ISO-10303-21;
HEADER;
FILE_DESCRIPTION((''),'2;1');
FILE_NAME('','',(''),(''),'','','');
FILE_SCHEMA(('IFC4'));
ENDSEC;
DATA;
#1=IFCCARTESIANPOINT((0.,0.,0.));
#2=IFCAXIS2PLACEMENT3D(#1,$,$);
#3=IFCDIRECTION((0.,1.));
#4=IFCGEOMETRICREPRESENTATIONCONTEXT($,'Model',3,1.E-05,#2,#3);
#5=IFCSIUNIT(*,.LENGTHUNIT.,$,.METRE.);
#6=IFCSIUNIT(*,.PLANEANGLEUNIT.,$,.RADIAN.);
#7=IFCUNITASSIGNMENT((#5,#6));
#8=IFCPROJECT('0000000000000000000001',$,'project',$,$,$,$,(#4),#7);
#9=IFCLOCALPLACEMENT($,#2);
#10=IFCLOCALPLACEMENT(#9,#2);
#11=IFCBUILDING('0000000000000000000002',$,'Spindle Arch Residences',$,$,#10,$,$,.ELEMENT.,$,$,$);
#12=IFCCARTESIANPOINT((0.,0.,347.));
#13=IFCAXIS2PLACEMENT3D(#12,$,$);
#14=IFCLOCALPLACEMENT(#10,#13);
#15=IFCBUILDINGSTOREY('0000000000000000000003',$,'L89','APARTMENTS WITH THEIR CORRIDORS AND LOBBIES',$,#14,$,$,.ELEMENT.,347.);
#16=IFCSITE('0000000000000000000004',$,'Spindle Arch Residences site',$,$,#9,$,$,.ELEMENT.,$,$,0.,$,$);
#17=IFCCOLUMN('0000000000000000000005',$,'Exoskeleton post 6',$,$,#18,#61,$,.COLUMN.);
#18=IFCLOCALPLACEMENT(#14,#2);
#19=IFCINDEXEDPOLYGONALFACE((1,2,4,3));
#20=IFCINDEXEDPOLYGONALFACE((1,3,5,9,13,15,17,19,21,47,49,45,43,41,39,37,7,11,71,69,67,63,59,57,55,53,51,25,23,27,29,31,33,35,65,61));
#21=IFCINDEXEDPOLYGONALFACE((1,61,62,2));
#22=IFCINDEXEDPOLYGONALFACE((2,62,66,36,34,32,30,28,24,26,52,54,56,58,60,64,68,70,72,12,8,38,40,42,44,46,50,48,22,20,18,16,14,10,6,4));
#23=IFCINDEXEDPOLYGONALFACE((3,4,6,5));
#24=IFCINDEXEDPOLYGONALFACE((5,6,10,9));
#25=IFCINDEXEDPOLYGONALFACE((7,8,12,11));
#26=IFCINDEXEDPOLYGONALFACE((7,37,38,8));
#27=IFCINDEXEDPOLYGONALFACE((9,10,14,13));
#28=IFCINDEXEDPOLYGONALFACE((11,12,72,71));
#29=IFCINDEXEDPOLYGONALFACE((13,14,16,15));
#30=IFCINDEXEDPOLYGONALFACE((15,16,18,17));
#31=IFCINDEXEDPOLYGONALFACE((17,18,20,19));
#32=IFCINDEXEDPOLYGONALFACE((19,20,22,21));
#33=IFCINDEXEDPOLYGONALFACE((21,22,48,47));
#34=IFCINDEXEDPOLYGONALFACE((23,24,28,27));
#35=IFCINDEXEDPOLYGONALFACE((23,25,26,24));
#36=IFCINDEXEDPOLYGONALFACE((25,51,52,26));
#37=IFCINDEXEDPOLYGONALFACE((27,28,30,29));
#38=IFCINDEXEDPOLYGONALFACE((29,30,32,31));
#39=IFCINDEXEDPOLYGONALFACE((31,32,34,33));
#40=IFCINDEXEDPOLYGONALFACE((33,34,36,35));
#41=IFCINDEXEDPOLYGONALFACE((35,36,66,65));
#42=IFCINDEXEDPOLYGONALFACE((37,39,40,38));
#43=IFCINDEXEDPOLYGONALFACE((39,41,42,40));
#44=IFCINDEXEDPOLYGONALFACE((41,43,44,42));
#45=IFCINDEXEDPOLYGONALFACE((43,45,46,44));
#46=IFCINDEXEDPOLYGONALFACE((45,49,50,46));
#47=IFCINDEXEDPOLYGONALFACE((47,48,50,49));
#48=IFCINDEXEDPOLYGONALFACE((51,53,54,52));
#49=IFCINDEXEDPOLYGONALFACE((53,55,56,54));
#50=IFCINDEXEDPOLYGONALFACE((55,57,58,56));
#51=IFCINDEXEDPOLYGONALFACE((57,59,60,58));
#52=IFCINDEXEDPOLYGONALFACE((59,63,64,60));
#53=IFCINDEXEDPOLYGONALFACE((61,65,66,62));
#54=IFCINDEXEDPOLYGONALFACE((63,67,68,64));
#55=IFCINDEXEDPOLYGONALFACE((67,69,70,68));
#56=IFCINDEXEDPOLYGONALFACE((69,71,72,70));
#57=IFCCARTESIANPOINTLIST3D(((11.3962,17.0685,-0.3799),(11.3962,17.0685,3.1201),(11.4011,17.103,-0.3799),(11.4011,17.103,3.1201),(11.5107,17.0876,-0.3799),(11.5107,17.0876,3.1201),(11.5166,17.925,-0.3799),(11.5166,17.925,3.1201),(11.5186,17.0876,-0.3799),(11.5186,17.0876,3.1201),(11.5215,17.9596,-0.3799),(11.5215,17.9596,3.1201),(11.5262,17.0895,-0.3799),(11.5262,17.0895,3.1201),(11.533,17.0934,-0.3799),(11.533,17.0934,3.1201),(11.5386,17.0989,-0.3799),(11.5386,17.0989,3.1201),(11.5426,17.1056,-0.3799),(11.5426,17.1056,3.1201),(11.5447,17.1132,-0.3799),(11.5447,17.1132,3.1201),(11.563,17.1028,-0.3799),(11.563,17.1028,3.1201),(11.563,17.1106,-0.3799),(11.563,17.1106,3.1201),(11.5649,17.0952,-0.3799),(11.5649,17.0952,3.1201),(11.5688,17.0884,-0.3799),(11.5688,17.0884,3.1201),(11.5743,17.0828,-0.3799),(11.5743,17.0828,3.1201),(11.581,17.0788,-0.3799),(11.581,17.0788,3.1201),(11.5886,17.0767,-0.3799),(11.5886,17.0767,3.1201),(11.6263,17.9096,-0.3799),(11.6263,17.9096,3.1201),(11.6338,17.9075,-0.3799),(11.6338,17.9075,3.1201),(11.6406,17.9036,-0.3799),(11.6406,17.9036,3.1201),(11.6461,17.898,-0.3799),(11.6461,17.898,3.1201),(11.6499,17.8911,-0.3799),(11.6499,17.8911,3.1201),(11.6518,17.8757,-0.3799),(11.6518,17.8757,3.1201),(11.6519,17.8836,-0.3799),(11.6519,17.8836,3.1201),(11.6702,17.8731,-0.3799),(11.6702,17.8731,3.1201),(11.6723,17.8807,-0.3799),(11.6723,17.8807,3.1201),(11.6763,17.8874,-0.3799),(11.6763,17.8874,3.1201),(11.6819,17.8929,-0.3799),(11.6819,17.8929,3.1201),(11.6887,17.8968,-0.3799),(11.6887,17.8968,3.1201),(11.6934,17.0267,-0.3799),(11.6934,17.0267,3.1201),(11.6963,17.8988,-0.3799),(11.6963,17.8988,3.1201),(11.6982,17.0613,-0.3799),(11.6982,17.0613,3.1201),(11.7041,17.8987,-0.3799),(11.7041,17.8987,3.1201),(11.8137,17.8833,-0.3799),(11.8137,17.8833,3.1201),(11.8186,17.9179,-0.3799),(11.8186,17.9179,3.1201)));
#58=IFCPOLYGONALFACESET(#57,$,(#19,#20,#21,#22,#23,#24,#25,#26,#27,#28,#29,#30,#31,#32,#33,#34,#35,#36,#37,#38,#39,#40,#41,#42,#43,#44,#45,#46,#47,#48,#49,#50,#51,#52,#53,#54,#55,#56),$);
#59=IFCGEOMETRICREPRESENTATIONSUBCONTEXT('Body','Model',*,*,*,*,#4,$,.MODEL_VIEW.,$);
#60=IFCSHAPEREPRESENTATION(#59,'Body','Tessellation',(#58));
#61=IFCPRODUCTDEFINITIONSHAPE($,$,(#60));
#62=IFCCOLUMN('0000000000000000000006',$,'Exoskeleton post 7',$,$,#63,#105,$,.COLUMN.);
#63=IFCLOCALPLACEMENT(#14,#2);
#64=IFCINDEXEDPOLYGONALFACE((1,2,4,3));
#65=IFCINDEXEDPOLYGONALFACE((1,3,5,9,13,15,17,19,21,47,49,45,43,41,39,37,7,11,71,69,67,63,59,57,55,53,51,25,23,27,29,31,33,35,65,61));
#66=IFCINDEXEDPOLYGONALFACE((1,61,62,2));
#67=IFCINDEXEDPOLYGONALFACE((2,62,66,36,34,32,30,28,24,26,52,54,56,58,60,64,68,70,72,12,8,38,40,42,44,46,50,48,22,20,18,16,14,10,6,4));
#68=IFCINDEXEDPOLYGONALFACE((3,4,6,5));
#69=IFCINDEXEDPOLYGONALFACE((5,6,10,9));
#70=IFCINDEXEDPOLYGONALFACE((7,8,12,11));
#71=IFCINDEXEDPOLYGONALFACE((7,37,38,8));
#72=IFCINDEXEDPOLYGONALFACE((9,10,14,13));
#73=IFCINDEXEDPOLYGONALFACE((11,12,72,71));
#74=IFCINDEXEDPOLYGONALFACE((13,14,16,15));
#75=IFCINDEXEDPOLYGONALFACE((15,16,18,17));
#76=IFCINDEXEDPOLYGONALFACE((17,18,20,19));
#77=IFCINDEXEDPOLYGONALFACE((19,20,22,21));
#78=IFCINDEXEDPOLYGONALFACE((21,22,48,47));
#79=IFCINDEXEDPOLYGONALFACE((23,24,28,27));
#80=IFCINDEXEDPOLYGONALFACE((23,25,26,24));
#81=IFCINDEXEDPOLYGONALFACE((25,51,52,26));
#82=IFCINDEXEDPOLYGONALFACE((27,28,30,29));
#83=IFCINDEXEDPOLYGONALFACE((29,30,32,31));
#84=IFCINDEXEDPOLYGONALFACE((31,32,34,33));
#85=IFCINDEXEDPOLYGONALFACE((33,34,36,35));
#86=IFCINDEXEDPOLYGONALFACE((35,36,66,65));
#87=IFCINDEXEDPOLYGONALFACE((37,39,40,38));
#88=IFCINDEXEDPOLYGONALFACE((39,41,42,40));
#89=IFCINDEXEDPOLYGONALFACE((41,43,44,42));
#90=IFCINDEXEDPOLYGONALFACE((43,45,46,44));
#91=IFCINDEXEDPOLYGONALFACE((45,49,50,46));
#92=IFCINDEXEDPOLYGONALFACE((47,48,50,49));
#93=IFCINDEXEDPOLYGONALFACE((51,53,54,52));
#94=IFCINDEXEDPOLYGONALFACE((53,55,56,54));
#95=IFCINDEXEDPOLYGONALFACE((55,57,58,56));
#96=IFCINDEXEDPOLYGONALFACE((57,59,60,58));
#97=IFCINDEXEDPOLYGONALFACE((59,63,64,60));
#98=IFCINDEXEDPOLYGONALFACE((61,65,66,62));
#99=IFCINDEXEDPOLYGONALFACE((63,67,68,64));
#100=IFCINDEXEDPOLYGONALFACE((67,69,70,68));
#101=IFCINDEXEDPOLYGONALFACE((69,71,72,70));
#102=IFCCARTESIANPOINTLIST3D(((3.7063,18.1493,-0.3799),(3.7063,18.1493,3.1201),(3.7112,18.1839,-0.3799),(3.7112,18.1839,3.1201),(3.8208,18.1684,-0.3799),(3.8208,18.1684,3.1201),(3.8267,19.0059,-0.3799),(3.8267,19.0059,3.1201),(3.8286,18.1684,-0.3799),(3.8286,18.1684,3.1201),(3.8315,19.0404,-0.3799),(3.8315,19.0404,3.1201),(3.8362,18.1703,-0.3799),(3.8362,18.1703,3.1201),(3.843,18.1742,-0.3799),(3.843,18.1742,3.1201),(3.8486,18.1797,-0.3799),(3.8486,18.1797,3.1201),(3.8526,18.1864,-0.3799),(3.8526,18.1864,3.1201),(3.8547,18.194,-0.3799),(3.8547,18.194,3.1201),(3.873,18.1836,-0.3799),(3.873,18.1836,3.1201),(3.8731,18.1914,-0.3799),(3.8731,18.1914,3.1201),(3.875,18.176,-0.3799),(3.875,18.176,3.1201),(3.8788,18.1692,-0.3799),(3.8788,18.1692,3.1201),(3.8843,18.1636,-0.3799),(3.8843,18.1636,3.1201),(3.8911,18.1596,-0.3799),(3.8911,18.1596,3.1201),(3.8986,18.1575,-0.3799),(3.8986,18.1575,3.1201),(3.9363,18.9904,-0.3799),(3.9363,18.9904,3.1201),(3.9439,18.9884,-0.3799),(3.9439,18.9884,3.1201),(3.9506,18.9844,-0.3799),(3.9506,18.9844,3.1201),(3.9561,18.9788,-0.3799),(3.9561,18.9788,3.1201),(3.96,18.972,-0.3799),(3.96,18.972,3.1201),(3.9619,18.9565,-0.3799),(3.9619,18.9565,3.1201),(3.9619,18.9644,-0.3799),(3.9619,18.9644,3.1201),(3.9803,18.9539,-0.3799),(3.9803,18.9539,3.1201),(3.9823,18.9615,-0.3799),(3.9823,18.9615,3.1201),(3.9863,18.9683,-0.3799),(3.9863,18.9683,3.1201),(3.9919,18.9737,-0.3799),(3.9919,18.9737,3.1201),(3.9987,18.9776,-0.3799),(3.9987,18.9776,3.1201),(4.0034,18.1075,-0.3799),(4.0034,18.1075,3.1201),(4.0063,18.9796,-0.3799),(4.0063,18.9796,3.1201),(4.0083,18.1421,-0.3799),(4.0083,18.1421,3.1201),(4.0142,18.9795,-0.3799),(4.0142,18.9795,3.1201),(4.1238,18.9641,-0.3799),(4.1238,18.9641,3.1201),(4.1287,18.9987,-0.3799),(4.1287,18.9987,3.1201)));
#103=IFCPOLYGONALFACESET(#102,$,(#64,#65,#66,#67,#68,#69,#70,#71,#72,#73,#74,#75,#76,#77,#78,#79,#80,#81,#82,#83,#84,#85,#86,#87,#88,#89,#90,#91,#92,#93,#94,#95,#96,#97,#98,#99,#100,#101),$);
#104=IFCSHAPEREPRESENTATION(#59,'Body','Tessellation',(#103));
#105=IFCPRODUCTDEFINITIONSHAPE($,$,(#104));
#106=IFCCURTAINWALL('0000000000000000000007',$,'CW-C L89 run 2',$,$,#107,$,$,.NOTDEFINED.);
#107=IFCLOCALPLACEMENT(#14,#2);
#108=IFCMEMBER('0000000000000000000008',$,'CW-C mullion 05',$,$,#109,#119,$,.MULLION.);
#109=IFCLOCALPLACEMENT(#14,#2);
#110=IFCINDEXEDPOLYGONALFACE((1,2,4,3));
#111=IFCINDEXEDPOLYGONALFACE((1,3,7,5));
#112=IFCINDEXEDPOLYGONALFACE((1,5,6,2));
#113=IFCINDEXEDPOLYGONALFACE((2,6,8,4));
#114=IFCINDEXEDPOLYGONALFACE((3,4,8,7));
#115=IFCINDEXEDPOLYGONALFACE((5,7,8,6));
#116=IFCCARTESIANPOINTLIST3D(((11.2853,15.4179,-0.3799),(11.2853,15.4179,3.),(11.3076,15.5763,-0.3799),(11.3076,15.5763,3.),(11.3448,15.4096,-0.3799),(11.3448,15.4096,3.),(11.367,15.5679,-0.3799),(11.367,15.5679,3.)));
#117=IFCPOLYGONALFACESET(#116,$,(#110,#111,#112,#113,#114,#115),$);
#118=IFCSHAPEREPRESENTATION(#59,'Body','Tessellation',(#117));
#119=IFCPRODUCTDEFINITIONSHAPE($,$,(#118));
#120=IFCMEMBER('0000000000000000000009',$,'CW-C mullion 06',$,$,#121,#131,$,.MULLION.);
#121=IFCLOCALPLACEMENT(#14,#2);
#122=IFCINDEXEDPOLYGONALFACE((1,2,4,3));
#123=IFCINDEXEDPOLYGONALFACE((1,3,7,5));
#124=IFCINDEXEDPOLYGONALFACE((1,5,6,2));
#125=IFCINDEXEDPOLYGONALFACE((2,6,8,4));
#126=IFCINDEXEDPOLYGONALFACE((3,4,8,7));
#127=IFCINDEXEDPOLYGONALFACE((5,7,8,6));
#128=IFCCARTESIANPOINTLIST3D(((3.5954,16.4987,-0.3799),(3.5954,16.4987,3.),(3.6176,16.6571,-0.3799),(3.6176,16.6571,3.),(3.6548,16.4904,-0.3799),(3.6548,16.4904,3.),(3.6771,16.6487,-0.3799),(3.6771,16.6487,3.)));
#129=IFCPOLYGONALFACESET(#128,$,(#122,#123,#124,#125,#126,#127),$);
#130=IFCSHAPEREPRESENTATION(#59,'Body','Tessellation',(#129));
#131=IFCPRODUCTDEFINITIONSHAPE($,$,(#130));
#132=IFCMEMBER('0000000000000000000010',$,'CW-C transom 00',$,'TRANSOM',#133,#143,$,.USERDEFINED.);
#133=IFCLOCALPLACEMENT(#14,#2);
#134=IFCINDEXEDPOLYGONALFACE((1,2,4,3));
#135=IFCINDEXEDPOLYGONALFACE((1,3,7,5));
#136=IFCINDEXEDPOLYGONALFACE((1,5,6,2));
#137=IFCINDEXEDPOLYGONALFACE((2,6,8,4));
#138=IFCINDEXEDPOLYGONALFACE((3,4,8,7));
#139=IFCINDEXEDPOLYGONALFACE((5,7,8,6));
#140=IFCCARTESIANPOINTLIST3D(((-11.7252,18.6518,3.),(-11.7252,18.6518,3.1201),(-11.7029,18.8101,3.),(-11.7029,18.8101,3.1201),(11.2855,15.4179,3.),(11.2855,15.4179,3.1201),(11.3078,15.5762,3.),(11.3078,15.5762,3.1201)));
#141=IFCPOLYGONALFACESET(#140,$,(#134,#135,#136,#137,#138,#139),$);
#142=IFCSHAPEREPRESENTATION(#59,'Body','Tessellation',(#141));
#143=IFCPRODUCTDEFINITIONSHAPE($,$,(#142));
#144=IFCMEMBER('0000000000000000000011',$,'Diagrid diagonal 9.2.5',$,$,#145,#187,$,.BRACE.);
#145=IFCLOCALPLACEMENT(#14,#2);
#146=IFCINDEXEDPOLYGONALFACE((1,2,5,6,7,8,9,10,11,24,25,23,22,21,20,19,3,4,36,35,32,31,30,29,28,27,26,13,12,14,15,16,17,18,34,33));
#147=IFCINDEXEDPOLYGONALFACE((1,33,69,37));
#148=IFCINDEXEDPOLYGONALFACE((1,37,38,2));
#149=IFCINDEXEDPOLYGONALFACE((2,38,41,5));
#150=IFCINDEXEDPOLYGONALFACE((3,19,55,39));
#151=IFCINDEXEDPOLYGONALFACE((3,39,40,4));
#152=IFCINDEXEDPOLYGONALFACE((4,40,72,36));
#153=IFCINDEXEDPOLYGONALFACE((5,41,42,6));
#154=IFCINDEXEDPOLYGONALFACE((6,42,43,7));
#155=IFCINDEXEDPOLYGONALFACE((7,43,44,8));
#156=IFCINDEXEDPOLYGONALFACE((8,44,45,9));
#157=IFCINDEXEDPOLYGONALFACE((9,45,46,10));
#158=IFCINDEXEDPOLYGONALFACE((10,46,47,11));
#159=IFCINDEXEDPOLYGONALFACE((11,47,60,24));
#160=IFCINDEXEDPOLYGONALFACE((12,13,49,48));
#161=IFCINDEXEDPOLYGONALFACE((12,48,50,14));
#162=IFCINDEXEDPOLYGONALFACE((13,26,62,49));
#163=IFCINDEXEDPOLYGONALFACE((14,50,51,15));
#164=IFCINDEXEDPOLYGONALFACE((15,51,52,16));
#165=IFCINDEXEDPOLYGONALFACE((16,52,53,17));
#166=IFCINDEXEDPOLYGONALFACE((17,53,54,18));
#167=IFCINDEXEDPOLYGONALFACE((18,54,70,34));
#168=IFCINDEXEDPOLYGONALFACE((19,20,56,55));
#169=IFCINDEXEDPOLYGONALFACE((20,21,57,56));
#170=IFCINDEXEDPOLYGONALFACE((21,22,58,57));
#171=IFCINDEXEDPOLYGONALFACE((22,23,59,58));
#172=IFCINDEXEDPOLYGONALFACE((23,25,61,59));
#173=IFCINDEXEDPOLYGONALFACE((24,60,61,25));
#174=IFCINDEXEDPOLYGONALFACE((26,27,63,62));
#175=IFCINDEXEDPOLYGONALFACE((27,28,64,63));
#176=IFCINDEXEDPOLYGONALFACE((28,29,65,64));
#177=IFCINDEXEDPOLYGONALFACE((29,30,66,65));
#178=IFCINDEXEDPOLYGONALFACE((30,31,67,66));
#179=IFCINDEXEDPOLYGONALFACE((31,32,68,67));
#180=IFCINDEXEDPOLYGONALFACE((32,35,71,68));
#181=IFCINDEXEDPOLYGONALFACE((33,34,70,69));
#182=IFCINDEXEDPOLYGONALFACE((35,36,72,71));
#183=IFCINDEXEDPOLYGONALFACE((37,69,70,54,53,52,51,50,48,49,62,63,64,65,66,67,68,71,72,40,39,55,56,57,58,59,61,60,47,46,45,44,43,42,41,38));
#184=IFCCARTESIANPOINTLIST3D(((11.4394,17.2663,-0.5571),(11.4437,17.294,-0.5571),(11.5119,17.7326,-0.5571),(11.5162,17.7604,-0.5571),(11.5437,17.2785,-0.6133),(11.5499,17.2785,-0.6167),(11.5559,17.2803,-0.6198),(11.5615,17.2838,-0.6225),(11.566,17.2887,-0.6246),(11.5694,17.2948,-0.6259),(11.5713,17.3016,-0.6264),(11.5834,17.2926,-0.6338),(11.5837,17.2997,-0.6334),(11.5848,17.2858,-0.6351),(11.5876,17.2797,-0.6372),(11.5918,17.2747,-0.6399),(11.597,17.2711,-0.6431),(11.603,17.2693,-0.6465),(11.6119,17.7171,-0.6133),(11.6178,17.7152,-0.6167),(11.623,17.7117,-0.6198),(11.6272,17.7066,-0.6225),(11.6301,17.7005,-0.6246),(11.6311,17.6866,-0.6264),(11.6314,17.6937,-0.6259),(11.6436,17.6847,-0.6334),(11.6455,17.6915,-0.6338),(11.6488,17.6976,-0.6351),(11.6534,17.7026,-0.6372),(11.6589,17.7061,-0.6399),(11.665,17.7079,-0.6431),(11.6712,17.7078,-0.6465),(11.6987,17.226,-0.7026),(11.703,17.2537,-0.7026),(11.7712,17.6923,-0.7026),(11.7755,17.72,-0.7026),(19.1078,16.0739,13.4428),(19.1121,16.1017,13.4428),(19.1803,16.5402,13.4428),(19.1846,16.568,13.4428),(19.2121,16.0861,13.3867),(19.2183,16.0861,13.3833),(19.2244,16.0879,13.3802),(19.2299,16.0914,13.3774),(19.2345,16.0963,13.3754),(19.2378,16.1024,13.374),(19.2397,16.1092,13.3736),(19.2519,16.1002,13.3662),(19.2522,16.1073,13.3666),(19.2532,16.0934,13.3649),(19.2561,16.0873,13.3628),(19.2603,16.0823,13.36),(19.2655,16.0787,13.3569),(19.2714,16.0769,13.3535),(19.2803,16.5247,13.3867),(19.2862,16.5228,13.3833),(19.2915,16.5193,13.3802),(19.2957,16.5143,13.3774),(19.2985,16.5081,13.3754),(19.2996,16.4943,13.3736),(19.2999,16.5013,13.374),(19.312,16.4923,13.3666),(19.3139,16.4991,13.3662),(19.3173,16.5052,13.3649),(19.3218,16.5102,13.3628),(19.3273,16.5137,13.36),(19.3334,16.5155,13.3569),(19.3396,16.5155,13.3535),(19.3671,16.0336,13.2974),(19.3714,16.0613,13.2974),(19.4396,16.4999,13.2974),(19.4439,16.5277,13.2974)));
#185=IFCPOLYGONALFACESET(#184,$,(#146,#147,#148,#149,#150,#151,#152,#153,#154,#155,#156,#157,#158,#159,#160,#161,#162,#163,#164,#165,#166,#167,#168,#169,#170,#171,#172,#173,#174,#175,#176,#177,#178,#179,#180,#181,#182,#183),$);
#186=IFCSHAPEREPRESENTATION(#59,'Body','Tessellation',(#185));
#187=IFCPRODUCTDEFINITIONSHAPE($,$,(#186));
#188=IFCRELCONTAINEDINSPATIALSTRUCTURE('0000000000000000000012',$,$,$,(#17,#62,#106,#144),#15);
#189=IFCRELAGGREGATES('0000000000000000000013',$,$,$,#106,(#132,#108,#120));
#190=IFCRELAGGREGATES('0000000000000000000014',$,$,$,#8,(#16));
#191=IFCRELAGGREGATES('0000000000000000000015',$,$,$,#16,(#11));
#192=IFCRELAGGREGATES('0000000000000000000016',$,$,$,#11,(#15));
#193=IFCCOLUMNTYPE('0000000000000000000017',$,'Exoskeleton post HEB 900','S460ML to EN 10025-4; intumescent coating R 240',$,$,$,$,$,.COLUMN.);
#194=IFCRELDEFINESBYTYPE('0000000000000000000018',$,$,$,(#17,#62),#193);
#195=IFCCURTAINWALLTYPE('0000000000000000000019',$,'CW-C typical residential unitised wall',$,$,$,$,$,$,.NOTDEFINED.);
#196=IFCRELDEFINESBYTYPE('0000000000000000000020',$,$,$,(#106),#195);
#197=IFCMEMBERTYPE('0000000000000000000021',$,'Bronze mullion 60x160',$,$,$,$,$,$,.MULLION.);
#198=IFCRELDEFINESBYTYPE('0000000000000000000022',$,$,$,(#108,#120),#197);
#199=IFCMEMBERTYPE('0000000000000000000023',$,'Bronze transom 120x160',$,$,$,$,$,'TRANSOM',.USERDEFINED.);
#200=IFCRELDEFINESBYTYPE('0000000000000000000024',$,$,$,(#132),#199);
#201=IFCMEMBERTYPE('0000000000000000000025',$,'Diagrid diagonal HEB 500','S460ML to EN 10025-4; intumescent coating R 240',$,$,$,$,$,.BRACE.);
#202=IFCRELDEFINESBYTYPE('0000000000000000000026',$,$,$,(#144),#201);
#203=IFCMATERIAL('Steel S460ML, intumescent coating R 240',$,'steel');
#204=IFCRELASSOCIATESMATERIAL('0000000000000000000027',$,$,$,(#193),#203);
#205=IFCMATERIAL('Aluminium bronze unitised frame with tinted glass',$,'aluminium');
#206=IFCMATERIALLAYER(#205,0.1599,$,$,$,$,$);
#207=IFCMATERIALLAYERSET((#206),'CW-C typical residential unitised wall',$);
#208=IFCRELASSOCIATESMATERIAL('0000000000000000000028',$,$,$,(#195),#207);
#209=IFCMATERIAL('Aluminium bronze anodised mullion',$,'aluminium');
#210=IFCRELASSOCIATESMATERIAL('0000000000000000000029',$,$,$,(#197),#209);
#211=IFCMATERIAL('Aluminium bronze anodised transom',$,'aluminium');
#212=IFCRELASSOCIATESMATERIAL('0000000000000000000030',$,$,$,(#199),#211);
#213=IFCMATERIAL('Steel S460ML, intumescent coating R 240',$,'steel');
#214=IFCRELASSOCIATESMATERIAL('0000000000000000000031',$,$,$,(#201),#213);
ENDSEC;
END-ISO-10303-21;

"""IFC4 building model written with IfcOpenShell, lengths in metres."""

from ifc_helpers import new_model, si_unit, direction, frame, origin, origin_2d, place, context, subcontext, project, spatial, rectangle, i_section, extrude, material, layer, layer_set, material_profile, profile_set, type_object, element, aggregate, save


model = new_model("IFC4")

# Units and contexts
model_context = context("Model", 3, precision=1e-05, world=origin(), true_north=direction((0.0, 1.0)))
body_context = subcontext(model_context, "Body", "Model", "MODEL_VIEW")
ifc_project = project(units=[si_unit("LENGTHUNIT", "METRE"), si_unit("PLANEANGLEUNIT", "RADIAN")], contexts=[model_context])

# Site, building, storey
site_placement = place(None, origin())
site = spatial("IfcSite", under=ifc_project, at=site_placement, Name="Spindle Arch Residences site", CompositionType="ELEMENT", RefElevation=0.0)
building_placement = place(site_placement, origin())
building = spatial("IfcBuilding", under=site, at=building_placement, Name="Spindle Arch Residences", CompositionType="ELEMENT")
storey_placement = place(building_placement, frame((0.0, 0.0, 347.0)))
storey = spatial("IfcBuildingStorey", under=building, at=storey_placement, Name="L89", Description="APARTMENTS WITH THEIR CORRIDORS AND LOBBIES", CompositionType="ELEMENT", Elevation=347.0)

# Columns
ifc_material_1 = material(Name="Steel S460ML, intumescent coating R 240", Category="steel")
ifc_material_profile_1 = material_profile(ifc_material_1, i_section(OverallWidth=0.3, OverallDepth=0.8999, WebThickness=0.0186, FlangeThickness=0.0349, FilletRadius=0.03, at=origin_2d()), Name="HEB 900")
ifc_profile_set_1 = profile_set([ifc_material_profile_1], Name="Steel S460ML, intumescent coating R 240")
column_type = type_object("IfcColumnType", Name="Exoskeleton post HEB 900", Description="S460ML to EN 10025-4; intumescent coating R 240", PredefinedType="COLUMN", material=ifc_profile_set_1)
for number, where, z_axis, x_axis, name in (
    (1, (11.6074, 17.4932, -0.3799), (0.0, 0.0, 1.0), (0.990268, -0.139173, 0.0), "Exoskeleton post 6"),
    (2, (3.9175, 18.574, -0.3799), (0.0, 0.0, 1.0), (0.990268, -0.139173, 0.0), "Exoskeleton post 7"),
):
    element("IfcColumn", number, at=place(storey_placement, frame(where, z_axis=z_axis, x_axis=x_axis)), inside=storey, type_object=column_type, Name=name, PredefinedType="COLUMN", context=body_context, shape_type="SweptSolid", body=[
        extrude(i_section(OverallWidth=0.3, OverallDepth=0.8999, WebThickness=0.0186, FlangeThickness=0.0349, FilletRadius=0.03, at=origin_2d()), origin(), (0.0, 0.0, 1.0), 3.5),
    ])

# Curtain wall, members
ifc_material_2 = material(Name="Aluminium bronze unitised frame with tinted glass", Category="aluminium")
ifc_layer_1 = layer(ifc_material_2, 0.1599)
ifc_layer_set_1 = layer_set([ifc_layer_1], Name="CW-C typical residential unitised wall")
curtain_wall_type_1 = type_object("IfcCurtainWallType", Name="CW-C typical residential unitised wall", PredefinedType="NOTDEFINED", material=ifc_layer_set_1)
curtain_wall_1_placement = place(storey_placement, origin())
curtain_wall_1 = element("IfcCurtainWall", 3, at=curtain_wall_1_placement, inside=storey, type_object=curtain_wall_type_1, Name="CW-C L89 run 2", PredefinedType="NOTDEFINED")
ifc_material_3 = material(Name="Aluminium bronze anodised mullion", Category="aluminium")
ifc_material_profile_2 = material_profile(ifc_material_3, rectangle(XDim=0.1599, YDim=0.0601, at=origin_2d()), Name="MU 60x160")
ifc_profile_set_2 = profile_set([ifc_material_profile_2], Name="Aluminium bronze anodised mullion")
member_type_1 = type_object("IfcMemberType", Name="Bronze mullion 60x160", PredefinedType="MULLION", material=ifc_profile_set_2)
member_1_placement = place(storey_placement, frame((11.3262, 15.4929, -0.3799), z_axis=(0.0, 0.0, 1.0), x_axis=(-0.139173, -0.990268, 0.0)))
member_1 = element("IfcMember", 4, at=member_1_placement, type_object=member_type_1, Name="CW-C mullion 05", PredefinedType="MULLION", context=body_context, shape_type="SweptSolid", body=[
    extrude(rectangle(XDim=0.1599, YDim=0.0601, at=origin_2d()), origin(), (0.0, 0.0, 1.0), 3.3799),
])
member_2_placement = place(storey_placement, frame((3.6362, 16.5737, -0.3799), z_axis=(0.0, 0.0, 1.0), x_axis=(-0.139173, -0.990268, 0.0)))
member_2 = element("IfcMember", 5, at=member_2_placement, type_object=member_type_1, Name="CW-C mullion 06", PredefinedType="MULLION", context=body_context, shape_type="SweptSolid", body=[
    extrude(rectangle(XDim=0.1599, YDim=0.0601, at=origin_2d()), origin(), (0.0, 0.0, 1.0), 3.3799),
])
ifc_material_4 = material(Name="Aluminium bronze anodised transom", Category="aluminium")
ifc_material_profile_3 = material_profile(ifc_material_4, rectangle(XDim=0.1599, YDim=0.1201, at=origin_2d()), Name="TR 120x160")
ifc_profile_set_3 = profile_set([ifc_material_profile_3], Name="Aluminium bronze anodised transom")
member_type_2 = type_object("IfcMemberType", Name="Bronze transom 120x160", ElementType="TRANSOM", PredefinedType="USERDEFINED", material=ifc_profile_set_3)
member_3_placement = place(storey_placement, frame((11.2966, 15.4971, 3.0601), z_axis=(-0.990268, 0.13917, 0.0), x_axis=(-0.13917, -0.990268, 0.0)))
member_3 = element("IfcMember", 6, at=member_3_placement, type_object=member_type_2, Name="CW-C transom 00", ObjectType="TRANSOM", PredefinedType="USERDEFINED", context=body_context, shape_type="SweptSolid", body=[
    extrude(rectangle(XDim=0.1599, YDim=0.1201, at=origin_2d()), origin(), (0.0, 0.0, 1.0), 23.2368),
])

# Member
ifc_material_5 = material(Name="Steel S460ML, intumescent coating R 240", Category="steel")
ifc_material_profile_4 = material_profile(ifc_material_5, i_section(OverallWidth=0.3, OverallDepth=0.5, WebThickness=0.0144, FlangeThickness=0.0281, FilletRadius=0.0271, at=origin_2d()), Name="HEB 500")
ifc_profile_set_4 = profile_set([ifc_material_profile_4], Name="Steel S460ML, intumescent coating R 240")
member_type_3 = type_object("IfcMemberType", Name="Diagrid diagonal HEB 500", Description="S460ML to EN 10025-4; intumescent coating R 240", PredefinedType="BRACE", material=ifc_profile_set_4)
member_4_placement = place(storey_placement, frame((11.6074, 17.4932, -0.6299), z_axis=(0.479066, -0.074491, 0.874612), x_axis=(-0.864227, 0.13438, 0.484823)))
element("IfcMember", 7, at=member_4_placement, inside=storey, type_object=member_type_3, Name="Diagrid diagonal 9.2.5", PredefinedType="BRACE", context=body_context, shape_type="SweptSolid", body=[
    extrude(i_section(OverallWidth=0.3, OverallDepth=0.5, WebThickness=0.0144, FlangeThickness=0.0281, FilletRadius=0.0271, at=origin_2d()), origin(), (0.0, 0.0, 1.0), 16.0071),
])

aggregate(curtain_wall_1, [member_3, member_1, member_2])

save(model, "model.ifc")
